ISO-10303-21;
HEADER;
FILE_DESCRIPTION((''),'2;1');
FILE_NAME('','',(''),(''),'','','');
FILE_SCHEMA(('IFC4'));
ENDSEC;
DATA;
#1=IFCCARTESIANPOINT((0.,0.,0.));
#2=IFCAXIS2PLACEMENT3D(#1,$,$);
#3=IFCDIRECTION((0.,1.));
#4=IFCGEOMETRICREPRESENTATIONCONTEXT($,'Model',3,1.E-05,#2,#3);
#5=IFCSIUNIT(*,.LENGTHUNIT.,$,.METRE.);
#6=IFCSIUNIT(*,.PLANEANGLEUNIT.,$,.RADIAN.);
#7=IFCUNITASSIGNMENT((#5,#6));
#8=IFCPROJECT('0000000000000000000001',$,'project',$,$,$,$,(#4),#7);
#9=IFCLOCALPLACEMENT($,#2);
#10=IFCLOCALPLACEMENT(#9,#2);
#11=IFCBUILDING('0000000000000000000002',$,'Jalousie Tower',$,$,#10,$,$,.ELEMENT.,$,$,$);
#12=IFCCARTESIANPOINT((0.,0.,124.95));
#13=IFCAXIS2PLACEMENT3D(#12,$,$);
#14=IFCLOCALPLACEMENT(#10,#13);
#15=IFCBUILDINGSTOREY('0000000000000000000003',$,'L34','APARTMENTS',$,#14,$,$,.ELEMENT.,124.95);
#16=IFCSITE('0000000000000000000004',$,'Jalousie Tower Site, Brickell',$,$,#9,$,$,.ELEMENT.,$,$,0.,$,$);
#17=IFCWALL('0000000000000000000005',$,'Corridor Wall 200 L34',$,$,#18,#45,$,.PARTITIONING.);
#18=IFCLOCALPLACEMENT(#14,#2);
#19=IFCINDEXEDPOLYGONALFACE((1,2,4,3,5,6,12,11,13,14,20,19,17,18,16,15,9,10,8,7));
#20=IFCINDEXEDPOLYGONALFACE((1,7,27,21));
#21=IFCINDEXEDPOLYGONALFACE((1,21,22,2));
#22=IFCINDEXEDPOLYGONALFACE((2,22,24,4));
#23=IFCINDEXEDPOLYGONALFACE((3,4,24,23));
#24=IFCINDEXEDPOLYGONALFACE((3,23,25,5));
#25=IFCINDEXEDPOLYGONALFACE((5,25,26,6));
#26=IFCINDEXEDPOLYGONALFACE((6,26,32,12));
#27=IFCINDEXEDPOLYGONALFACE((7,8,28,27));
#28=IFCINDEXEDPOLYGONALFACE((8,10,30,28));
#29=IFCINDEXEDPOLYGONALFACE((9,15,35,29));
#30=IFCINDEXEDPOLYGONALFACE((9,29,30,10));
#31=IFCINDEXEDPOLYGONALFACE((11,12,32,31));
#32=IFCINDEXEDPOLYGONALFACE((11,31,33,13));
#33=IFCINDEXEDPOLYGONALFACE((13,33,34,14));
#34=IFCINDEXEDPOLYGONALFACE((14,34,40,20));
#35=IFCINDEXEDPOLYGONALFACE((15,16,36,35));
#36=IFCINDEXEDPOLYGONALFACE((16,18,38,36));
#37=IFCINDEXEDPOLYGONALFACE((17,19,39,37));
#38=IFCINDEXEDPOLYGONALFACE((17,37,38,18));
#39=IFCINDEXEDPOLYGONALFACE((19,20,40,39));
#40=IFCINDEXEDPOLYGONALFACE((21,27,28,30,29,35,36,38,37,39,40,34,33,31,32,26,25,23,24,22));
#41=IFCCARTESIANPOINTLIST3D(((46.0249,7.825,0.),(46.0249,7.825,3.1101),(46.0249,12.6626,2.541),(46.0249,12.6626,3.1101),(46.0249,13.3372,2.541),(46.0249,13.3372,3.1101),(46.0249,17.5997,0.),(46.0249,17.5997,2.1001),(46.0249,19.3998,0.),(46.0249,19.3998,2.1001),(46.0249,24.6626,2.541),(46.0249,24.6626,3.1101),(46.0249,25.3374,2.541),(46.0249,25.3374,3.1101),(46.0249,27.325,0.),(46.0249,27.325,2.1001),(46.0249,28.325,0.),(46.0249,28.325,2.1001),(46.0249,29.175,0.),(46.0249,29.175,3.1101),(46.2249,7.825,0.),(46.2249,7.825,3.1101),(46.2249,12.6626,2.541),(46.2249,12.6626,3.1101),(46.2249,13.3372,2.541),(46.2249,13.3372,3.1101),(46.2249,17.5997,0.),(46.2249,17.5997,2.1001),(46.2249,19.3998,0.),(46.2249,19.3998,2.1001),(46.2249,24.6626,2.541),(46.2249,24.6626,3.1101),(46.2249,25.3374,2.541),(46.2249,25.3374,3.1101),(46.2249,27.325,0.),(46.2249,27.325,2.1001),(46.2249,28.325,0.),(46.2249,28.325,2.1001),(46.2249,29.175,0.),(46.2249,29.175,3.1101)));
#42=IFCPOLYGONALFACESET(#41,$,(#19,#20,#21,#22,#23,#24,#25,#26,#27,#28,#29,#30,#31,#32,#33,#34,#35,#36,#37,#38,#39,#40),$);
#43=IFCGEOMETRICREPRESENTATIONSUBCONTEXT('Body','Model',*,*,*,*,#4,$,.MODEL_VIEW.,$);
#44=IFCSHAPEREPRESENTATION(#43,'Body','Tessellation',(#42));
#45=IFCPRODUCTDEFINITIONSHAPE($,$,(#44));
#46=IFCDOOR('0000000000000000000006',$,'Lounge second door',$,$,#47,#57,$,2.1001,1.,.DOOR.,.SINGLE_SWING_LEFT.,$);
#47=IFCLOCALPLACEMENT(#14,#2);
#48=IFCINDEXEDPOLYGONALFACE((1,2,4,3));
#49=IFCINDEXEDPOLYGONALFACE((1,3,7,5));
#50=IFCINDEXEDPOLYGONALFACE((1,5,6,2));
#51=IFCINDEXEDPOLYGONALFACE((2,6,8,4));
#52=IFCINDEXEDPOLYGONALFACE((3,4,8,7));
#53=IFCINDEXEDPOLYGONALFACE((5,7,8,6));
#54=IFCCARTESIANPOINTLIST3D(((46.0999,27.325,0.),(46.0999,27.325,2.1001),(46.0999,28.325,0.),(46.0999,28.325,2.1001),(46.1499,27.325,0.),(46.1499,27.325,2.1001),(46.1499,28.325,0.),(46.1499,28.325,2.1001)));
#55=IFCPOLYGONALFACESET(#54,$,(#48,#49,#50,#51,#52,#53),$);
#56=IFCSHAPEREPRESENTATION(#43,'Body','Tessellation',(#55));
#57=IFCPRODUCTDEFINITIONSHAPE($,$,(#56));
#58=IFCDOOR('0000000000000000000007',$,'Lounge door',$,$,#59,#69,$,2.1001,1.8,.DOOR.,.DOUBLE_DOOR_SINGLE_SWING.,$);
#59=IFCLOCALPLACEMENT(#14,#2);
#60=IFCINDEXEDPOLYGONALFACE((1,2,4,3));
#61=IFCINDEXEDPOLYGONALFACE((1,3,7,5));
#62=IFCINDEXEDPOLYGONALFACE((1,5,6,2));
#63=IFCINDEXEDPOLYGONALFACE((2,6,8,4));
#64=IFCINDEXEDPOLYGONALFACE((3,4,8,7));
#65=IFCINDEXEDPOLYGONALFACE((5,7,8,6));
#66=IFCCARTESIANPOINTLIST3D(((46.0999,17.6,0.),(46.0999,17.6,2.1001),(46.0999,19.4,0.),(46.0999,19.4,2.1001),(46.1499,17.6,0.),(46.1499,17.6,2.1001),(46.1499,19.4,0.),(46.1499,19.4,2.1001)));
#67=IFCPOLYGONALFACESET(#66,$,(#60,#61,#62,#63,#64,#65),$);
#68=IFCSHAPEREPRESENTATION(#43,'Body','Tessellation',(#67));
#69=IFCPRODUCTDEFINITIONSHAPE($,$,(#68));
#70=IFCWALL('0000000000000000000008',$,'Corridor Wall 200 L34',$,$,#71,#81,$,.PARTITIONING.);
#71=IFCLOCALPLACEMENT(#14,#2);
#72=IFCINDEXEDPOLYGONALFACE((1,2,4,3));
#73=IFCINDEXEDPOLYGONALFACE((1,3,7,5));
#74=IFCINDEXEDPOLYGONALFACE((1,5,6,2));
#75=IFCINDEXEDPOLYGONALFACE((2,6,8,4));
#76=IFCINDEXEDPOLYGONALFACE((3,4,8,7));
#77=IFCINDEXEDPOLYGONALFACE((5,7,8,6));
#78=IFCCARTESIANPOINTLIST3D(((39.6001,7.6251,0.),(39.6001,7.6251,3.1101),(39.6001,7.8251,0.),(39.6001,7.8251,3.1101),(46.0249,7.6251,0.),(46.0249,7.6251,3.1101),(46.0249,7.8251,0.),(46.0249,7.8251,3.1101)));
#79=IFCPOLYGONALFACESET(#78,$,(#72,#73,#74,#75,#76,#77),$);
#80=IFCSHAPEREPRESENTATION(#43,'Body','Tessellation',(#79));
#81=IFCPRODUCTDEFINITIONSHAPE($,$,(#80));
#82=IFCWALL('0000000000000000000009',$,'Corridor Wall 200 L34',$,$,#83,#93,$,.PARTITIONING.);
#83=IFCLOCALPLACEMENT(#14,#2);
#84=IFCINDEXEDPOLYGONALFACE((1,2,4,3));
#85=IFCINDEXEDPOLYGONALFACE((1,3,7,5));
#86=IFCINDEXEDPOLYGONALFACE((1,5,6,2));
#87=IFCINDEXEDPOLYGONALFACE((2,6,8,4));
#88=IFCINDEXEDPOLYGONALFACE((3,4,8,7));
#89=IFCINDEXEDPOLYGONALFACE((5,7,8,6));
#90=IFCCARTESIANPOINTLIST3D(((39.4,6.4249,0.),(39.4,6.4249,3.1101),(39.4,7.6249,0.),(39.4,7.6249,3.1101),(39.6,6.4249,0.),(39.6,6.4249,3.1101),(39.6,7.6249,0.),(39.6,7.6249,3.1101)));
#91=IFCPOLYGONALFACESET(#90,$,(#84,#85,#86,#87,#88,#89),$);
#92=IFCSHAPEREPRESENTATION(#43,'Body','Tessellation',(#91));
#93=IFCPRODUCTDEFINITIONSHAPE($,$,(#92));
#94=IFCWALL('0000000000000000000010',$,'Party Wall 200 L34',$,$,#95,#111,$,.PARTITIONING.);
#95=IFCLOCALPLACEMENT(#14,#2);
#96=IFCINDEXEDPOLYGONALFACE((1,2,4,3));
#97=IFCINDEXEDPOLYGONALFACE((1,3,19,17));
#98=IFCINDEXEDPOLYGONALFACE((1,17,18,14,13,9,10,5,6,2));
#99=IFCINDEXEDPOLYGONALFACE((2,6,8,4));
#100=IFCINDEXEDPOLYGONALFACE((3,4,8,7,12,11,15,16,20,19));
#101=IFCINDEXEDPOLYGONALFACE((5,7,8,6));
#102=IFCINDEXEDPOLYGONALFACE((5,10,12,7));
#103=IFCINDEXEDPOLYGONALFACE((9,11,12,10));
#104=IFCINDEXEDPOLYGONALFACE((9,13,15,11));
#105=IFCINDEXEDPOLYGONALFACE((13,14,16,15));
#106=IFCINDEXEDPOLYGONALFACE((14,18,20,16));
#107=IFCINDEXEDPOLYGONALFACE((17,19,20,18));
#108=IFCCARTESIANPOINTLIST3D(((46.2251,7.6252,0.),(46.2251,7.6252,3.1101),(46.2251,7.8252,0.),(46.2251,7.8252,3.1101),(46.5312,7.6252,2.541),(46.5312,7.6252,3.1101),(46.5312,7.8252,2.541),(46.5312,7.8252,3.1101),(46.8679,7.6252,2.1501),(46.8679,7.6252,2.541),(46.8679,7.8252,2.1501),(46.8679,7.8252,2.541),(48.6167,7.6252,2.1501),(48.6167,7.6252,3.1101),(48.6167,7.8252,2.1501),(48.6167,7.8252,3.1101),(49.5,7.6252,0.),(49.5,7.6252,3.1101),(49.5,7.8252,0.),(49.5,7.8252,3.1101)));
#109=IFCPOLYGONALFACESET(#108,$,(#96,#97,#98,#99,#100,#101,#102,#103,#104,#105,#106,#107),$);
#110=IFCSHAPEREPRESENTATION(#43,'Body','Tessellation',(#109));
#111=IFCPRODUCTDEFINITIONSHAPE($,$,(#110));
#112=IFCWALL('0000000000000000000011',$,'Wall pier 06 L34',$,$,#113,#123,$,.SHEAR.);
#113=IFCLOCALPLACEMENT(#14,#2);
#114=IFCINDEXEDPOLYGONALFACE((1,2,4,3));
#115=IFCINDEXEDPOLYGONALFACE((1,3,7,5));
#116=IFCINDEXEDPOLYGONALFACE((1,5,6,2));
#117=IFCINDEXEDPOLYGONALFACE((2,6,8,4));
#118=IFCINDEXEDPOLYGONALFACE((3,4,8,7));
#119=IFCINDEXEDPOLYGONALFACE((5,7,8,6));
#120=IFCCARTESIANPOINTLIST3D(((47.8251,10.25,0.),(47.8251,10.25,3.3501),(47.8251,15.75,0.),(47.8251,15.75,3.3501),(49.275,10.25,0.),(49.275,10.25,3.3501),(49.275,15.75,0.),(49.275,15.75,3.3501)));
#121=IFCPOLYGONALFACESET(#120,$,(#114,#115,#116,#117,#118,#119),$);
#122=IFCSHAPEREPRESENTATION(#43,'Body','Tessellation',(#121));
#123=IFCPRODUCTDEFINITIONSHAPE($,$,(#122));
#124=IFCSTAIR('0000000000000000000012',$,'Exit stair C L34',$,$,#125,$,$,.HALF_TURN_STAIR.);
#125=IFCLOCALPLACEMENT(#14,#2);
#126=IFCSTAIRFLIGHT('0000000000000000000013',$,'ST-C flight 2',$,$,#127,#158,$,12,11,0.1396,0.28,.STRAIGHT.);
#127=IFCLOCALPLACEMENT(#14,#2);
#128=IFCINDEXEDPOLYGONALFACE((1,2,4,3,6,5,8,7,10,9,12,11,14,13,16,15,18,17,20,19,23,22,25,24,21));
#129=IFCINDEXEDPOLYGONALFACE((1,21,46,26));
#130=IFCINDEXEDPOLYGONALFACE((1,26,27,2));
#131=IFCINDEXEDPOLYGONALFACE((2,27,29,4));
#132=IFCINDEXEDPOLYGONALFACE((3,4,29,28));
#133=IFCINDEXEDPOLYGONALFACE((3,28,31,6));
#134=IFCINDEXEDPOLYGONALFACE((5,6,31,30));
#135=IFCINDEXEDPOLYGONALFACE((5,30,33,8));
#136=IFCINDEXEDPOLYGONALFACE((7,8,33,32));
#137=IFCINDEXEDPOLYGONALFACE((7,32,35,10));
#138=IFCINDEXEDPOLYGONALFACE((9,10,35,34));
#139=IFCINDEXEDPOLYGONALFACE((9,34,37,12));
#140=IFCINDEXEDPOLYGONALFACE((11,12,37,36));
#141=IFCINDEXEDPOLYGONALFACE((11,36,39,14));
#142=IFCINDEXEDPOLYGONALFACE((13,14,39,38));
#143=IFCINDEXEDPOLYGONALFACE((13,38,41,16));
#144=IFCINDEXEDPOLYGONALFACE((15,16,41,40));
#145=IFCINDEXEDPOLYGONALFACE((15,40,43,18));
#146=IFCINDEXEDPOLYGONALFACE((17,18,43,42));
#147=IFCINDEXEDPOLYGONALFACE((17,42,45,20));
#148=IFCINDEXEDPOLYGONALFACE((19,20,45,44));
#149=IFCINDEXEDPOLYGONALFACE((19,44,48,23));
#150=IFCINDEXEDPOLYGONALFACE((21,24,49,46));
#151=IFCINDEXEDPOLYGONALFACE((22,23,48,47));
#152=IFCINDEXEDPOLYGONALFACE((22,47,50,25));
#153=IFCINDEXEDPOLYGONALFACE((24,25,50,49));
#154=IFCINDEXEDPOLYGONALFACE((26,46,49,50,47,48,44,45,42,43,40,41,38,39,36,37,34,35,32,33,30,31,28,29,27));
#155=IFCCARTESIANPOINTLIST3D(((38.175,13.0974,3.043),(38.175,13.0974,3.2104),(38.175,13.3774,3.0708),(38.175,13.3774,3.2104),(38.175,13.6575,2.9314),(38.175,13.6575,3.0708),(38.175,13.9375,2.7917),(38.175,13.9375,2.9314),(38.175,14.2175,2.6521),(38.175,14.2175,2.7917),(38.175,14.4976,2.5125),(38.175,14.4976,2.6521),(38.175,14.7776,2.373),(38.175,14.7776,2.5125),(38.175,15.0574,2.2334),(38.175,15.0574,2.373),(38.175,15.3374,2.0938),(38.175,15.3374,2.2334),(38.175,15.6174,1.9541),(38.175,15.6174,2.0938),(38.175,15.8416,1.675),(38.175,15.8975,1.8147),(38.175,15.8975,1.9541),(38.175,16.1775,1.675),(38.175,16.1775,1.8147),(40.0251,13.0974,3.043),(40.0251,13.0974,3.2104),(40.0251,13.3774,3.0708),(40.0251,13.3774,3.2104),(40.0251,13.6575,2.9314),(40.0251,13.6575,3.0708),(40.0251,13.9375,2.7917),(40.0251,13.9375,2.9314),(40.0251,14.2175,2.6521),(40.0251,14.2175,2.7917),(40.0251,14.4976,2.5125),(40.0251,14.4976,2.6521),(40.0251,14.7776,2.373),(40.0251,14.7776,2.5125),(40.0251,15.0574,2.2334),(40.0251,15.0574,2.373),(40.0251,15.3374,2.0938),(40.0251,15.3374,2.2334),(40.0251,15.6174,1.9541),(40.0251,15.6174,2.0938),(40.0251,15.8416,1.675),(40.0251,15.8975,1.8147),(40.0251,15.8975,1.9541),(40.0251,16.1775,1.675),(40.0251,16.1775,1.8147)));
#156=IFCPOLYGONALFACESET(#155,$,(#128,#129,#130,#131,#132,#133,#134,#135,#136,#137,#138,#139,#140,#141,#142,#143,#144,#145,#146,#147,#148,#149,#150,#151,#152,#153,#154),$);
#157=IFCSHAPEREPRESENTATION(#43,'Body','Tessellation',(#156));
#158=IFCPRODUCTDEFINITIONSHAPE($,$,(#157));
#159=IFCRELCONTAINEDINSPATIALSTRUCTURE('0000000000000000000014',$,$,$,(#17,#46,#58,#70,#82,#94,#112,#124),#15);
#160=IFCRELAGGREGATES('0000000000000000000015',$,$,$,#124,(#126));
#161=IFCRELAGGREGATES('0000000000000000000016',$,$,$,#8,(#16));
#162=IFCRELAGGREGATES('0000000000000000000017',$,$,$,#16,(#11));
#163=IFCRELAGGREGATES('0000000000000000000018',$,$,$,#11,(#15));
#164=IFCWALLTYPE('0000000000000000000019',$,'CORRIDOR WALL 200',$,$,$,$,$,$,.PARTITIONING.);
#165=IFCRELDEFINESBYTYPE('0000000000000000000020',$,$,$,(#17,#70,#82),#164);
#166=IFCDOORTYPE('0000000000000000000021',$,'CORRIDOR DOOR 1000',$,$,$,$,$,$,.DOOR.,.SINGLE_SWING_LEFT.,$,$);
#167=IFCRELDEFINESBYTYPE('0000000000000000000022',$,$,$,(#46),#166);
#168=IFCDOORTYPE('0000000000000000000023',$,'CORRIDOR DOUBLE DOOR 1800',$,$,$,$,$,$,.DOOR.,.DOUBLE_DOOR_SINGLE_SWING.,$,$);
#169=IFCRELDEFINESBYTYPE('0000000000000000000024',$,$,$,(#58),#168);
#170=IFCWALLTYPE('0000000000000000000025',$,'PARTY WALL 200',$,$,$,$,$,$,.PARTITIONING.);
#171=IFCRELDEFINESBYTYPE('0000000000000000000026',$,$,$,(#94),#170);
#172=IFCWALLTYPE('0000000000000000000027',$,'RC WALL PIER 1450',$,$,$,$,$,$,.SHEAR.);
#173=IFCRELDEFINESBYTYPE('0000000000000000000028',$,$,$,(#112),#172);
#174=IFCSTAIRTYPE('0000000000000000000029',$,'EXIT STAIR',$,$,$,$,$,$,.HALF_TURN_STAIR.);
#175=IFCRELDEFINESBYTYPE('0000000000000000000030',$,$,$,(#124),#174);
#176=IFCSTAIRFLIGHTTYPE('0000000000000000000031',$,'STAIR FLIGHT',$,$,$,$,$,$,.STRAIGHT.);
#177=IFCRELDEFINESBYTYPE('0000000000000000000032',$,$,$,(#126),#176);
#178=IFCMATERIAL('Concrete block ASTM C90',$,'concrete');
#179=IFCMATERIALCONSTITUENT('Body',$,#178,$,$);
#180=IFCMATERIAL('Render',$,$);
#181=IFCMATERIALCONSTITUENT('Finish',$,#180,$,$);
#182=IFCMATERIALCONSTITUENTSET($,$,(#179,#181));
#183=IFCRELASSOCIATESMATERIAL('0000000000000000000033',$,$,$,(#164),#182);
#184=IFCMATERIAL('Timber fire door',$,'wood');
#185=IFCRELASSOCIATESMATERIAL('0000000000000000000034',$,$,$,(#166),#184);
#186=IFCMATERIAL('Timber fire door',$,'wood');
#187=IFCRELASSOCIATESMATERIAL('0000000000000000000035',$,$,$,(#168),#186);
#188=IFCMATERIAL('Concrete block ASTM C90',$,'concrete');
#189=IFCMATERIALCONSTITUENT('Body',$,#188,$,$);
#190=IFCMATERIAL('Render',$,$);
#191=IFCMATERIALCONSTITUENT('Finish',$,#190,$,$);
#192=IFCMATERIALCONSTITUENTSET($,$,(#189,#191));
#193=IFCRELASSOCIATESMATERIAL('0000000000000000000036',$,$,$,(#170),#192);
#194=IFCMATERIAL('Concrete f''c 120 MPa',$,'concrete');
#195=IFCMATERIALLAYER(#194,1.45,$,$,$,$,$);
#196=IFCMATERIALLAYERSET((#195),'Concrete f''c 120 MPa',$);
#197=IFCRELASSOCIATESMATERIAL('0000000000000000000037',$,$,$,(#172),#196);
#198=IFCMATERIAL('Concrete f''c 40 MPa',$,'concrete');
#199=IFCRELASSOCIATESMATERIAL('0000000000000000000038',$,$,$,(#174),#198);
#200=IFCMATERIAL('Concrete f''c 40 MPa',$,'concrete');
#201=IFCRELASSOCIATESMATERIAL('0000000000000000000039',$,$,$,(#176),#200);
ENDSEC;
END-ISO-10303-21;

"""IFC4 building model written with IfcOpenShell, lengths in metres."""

from ifc_helpers import new_model, si_unit, direction, frame, frame_2d, origin, place, context, subcontext, project, spatial, polyline, rectangle, outline, extrude, material, layer, layer_set, constituent, constituent_set, type_object, element, fill, aggregate, save


model = new_model("IFC4")

# Units and contexts
model_context = context("Model", 3, precision=1e-05, world=origin(), true_north=direction((0.0, 1.0)))
body_context = subcontext(model_context, "Body", "Model", "MODEL_VIEW")
ifc_project = project(units=[si_unit("LENGTHUNIT", "METRE"), si_unit("PLANEANGLEUNIT", "RADIAN")], contexts=[model_context])

# Site, building, storey
site_placement = place(None, origin())
site = spatial("IfcSite", under=ifc_project, at=site_placement, Name="Jalousie Tower Site, Brickell", CompositionType="ELEMENT", RefElevation=0.0)
building_placement = place(site_placement, origin())
building = spatial("IfcBuilding", under=site, at=building_placement, Name="Jalousie Tower", CompositionType="ELEMENT")
storey_placement = place(building_placement, frame((0.0, 0.0, 124.95)))
storey = spatial("IfcBuildingStorey", under=building, at=storey_placement, Name="L34", Description="APARTMENTS", CompositionType="ELEMENT", Elevation=124.95)

# Wall, openings, doors
ifc_material_1 = material(Name="Concrete block ASTM C90", Category="concrete")
ifc_constituent_1 = constituent(ifc_material_1, Name="Body")
ifc_material_2 = material(Name="Render")
ifc_constituent_2 = constituent(ifc_material_2, Name="Finish")
ifc_constituent_set_1 = constituent_set(constituents=[ifc_constituent_1, ifc_constituent_2])
wall_type_1 = type_object("IfcWallType", Name="CORRIDOR WALL 200", PredefinedType="PARTITIONING", material=ifc_constituent_set_1)
wall_1_placement = place(storey_placement, frame((46.125, 7.825, 0.0), z_axis=(0.0, 0.0, 1.0), x_axis=(0.0, 1.0, 0.0)))
wall_1 = element("IfcWall", 1, at=wall_1_placement, inside=storey, type_object=wall_type_1, Name="Corridor Wall 200 L34", PredefinedType="PARTITIONING", context=body_context, shape_type="SweptSolid", body=[
    extrude(outline(polyline([(0.0, 0.0), (21.3501, 0.0), (21.3501, 3.1101), (17.5125, 3.1101), (17.5125, 2.541), (16.8376, 2.541), (16.8376, 3.1101), (5.5122, 3.1101), (5.5122, 2.541), (4.8376, 2.541), (4.8376, 3.1101), (0.0, 3.1101), (0.0, 0.0)])), frame((0.0, 0.1001, 0.0), z_axis=(0.0, -1.0, 0.0), x_axis=(1.0, 0.0, 0.0)), (0.0, 0.0, 1.0), 0.2),
])
opening_1_placement = place(wall_1_placement, frame((9.7749, 0.0, 0.0)))
opening_1 = element("IfcOpeningElement", 2, at=opening_1_placement, cuts=wall_1, PredefinedType="OPENING", context=body_context, shape_type="SweptSolid", body=[
    extrude(rectangle(XDim=1.8, YDim=2.1001, at=frame_2d((0.8999, 1.05))), frame((0.0, 0.1099, 0.0), z_axis=(0.0, -1.0, 0.0), x_axis=(1.0, 0.0, 0.0)), (0.0, 0.0, 1.0), 0.22),
])
opening_2_placement = place(wall_1_placement, frame((19.5, 0.0, 0.0)))
opening_2 = element("IfcOpeningElement", 3, at=opening_2_placement, cuts=wall_1, PredefinedType="OPENING", context=body_context, shape_type="SweptSolid", body=[
    extrude(rectangle(XDim=1.0, YDim=2.1001, at=frame_2d((0.5, 1.05))), frame((0.0, 0.1099, 0.0), z_axis=(0.0, -1.0, 0.0), x_axis=(1.0, 0.0, 0.0)), (0.0, 0.0, 1.0), 0.22),
])
ifc_material_3 = material(Name="Timber fire door", Category="wood")
door_type_1 = type_object("IfcDoorType", Name="CORRIDOR DOOR 1000", OperationType="SINGLE_SWING_LEFT", PredefinedType="DOOR", material=ifc_material_3)
door_1_placement = place(opening_2_placement, frame((1.0, 0.0, 0.0), z_axis=(0.0, 0.0, 1.0), x_axis=(-1.0, 0.0, 0.0)))
door_1 = element("IfcDoor", 4, at=door_1_placement, inside=storey, type_object=door_type_1, Name="Lounge second door", OperationType="SINGLE_SWING_LEFT", OverallHeight=2.1001, OverallWidth=1.0, PredefinedType="DOOR", context=body_context, shape_type="SweptSolid", body=[
    extrude(rectangle(XDim=1.0, YDim=2.1001, at=frame_2d((0.5, 1.05))), frame((0.0, 0.0249, 0.0), z_axis=(0.0, -1.0, 0.0), x_axis=(1.0, 0.0, 0.0)), (0.0, 0.0, 1.0), 0.05),
])
fill(opening_2, door_1)
ifc_material_4 = material(Name="Timber fire door", Category="wood")
door_type_2 = type_object("IfcDoorType", Name="CORRIDOR DOUBLE DOOR 1800", OperationType="DOUBLE_DOOR_SINGLE_SWING", PredefinedType="DOOR", material=ifc_material_4)
door_2_placement = place(opening_1_placement, frame((1.8, 0.0, 0.0), z_axis=(0.0, 0.0, 1.0), x_axis=(-1.0, 0.0, 0.0)))
door_2 = element("IfcDoor", 5, at=door_2_placement, inside=storey, type_object=door_type_2, Name="Lounge door", OperationType="DOUBLE_DOOR_SINGLE_SWING", OverallHeight=2.1001, OverallWidth=1.8, PredefinedType="DOOR", context=body_context, shape_type="SweptSolid", body=[
    extrude(rectangle(XDim=1.8, YDim=2.1001, at=frame_2d((0.8999, 1.05))), frame((0.0, 0.0249, 0.0), z_axis=(0.0, -1.0, 0.0), x_axis=(1.0, 0.0, 0.0)), (0.0, 0.0, 1.0), 0.05),
])
fill(opening_1, door_2)

# Walls
wall_2_placement = place(storey_placement, frame((39.6001, 7.7251, 0.0), z_axis=(0.0, 0.0, 1.0), x_axis=(1.0, 0.0, 0.0)))
element("IfcWall", 6, at=wall_2_placement, inside=storey, type_object=wall_type_1, Name="Corridor Wall 200 L34", PredefinedType="PARTITIONING", context=body_context, shape_type="SweptSolid", body=[
    extrude(rectangle(XDim=6.4248, YDim=0.2, at=frame_2d((3.2124, 0.0))), origin(), (0.0, 0.0, 1.0), 3.1101),
])
wall_3_placement = place(storey_placement, frame((39.5, 7.625, 0.0), z_axis=(0.0, 0.0, 1.0), x_axis=(0.0, -1.0, 0.0)))
element("IfcWall", 7, at=wall_3_placement, inside=storey, type_object=wall_type_1, Name="Corridor Wall 200 L34", PredefinedType="PARTITIONING", context=body_context, shape_type="SweptSolid", body=[
    extrude(rectangle(XDim=1.2, YDim=0.2, at=frame_2d((0.6001, 0.0))), origin(), (0.0, 0.0, 1.0), 3.1101),
])
ifc_material_5 = material(Name="Concrete block ASTM C90", Category="concrete")
ifc_constituent_3 = constituent(ifc_material_5, Name="Body")
ifc_material_6 = material(Name="Render")
ifc_constituent_4 = constituent(ifc_material_6, Name="Finish")
ifc_constituent_set_2 = constituent_set(constituents=[ifc_constituent_3, ifc_constituent_4])
wall_type_2 = type_object("IfcWallType", Name="PARTY WALL 200", PredefinedType="PARTITIONING", material=ifc_constituent_set_2)
wall_4_placement = place(storey_placement, frame((46.2251, 7.7251, 0.0), z_axis=(0.0, 0.0, 1.0), x_axis=(1.0, 0.0, 0.0)))
element("IfcWall", 8, at=wall_4_placement, inside=storey, type_object=wall_type_2, Name="Party Wall 200 L34", PredefinedType="PARTITIONING", context=body_context, shape_type="SweptSolid", body=[
    extrude(outline(polyline([(0.0, 0.0), (3.2749, 0.0), (3.2749, 3.1101), (2.3916, 3.1101), (2.3916, 2.1501), (0.6428, 2.1501), (0.6428, 2.541), (0.3062, 2.541), (0.3062, 3.1101), (0.0, 3.1101), (0.0, 0.0)])), frame((0.0, 0.1001, 0.0), z_axis=(0.0, -1.0, 0.0), x_axis=(1.0, 0.0, 0.0)), (0.0, 0.0, 1.0), 0.2),
])
ifc_material_7 = material(Name="Concrete f'c 120 MPa", Category="concrete")
ifc_layer_1 = layer(ifc_material_7, 1.45)
ifc_layer_set_1 = layer_set([ifc_layer_1], Name="Concrete f'c 120 MPa")
wall_type_3 = type_object("IfcWallType", Name="RC WALL PIER 1450", PredefinedType="SHEAR", material=ifc_layer_set_1)
wall_5_placement = place(storey_placement, frame((48.55, 10.25, 0.0), z_axis=(0.0, 0.0, 1.0), x_axis=(0.0, 1.0, 0.0)))
element("IfcWall", 9, at=wall_5_placement, inside=storey, type_object=wall_type_3, Name="Wall pier 06 L34", PredefinedType="SHEAR", context=body_context, shape_type="SweptSolid", body=[
    extrude(rectangle(XDim=5.5, YDim=1.45, at=frame_2d((2.75, 0.0))), origin(), (0.0, 0.0, 1.0), 3.3501),
])

# Stair, stair flight
ifc_material_8 = material(Name="Concrete f'c 40 MPa", Category="concrete")
stair_type = type_object("IfcStairType", Name="EXIT STAIR", PredefinedType="HALF_TURN_STAIR", material=ifc_material_8)
stair_placement = place(storey_placement, origin())
stair = element("IfcStair", 10, at=stair_placement, inside=storey, type_object=stair_type, Name="Exit stair C L34", PredefinedType="HALF_TURN_STAIR")
ifc_material_9 = material(Name="Concrete f'c 40 MPa", Category="concrete")
stair_flight_type = type_object("IfcStairFlightType", Name="STAIR FLIGHT", PredefinedType="STRAIGHT", material=ifc_material_9)
stair_flight_placement = place(storey_placement, frame((39.1001, 16.1775, 1.675), z_axis=(0.0, 0.0, 1.0), x_axis=(0.0, -1.0, 0.0)))
stair_flight = element("IfcStairFlight", 11, at=stair_flight_placement, type_object=stair_flight_type, Name="ST-C flight 2", NumberOfRisers=12, NumberOfTreads=11, PredefinedType="STRAIGHT", RiserHeight=0.1396, TreadLength=0.28, context=body_context, shape_type="SweptSolid", body=[
    extrude(outline(polyline([(0.0, 0.0), (0.0, 0.1396), (0.28, 0.1396), (0.28, 0.2791), (0.5601, 0.2791), (0.5601, 0.4187), (0.8401, 0.4187), (0.8401, 0.5583), (1.1201, 0.5583), (1.1201, 0.698), (1.3999, 0.698), (1.3999, 0.8374), (1.6799, 0.8374), (1.6799, 0.9771), (1.96, 0.9771), (1.96, 1.1167), (2.24, 1.1167), (2.24, 1.2563), (2.52, 1.2563), (2.52, 1.3958), (2.8, 1.3958), (2.8, 1.5354), (3.0801, 1.5354), (3.0801, 1.675), (3.0801, 1.3679), (0.3359, 0.0), (0.0, 0.0)])), frame((0.0, 0.925, 0.0), z_axis=(0.0, -1.0, 0.0), x_axis=(1.0, 0.0, 0.0)), (0.0, 0.0, 1.0), 1.8501),
])
aggregate(stair, [stair_flight])

save(model, "model.ifc")
